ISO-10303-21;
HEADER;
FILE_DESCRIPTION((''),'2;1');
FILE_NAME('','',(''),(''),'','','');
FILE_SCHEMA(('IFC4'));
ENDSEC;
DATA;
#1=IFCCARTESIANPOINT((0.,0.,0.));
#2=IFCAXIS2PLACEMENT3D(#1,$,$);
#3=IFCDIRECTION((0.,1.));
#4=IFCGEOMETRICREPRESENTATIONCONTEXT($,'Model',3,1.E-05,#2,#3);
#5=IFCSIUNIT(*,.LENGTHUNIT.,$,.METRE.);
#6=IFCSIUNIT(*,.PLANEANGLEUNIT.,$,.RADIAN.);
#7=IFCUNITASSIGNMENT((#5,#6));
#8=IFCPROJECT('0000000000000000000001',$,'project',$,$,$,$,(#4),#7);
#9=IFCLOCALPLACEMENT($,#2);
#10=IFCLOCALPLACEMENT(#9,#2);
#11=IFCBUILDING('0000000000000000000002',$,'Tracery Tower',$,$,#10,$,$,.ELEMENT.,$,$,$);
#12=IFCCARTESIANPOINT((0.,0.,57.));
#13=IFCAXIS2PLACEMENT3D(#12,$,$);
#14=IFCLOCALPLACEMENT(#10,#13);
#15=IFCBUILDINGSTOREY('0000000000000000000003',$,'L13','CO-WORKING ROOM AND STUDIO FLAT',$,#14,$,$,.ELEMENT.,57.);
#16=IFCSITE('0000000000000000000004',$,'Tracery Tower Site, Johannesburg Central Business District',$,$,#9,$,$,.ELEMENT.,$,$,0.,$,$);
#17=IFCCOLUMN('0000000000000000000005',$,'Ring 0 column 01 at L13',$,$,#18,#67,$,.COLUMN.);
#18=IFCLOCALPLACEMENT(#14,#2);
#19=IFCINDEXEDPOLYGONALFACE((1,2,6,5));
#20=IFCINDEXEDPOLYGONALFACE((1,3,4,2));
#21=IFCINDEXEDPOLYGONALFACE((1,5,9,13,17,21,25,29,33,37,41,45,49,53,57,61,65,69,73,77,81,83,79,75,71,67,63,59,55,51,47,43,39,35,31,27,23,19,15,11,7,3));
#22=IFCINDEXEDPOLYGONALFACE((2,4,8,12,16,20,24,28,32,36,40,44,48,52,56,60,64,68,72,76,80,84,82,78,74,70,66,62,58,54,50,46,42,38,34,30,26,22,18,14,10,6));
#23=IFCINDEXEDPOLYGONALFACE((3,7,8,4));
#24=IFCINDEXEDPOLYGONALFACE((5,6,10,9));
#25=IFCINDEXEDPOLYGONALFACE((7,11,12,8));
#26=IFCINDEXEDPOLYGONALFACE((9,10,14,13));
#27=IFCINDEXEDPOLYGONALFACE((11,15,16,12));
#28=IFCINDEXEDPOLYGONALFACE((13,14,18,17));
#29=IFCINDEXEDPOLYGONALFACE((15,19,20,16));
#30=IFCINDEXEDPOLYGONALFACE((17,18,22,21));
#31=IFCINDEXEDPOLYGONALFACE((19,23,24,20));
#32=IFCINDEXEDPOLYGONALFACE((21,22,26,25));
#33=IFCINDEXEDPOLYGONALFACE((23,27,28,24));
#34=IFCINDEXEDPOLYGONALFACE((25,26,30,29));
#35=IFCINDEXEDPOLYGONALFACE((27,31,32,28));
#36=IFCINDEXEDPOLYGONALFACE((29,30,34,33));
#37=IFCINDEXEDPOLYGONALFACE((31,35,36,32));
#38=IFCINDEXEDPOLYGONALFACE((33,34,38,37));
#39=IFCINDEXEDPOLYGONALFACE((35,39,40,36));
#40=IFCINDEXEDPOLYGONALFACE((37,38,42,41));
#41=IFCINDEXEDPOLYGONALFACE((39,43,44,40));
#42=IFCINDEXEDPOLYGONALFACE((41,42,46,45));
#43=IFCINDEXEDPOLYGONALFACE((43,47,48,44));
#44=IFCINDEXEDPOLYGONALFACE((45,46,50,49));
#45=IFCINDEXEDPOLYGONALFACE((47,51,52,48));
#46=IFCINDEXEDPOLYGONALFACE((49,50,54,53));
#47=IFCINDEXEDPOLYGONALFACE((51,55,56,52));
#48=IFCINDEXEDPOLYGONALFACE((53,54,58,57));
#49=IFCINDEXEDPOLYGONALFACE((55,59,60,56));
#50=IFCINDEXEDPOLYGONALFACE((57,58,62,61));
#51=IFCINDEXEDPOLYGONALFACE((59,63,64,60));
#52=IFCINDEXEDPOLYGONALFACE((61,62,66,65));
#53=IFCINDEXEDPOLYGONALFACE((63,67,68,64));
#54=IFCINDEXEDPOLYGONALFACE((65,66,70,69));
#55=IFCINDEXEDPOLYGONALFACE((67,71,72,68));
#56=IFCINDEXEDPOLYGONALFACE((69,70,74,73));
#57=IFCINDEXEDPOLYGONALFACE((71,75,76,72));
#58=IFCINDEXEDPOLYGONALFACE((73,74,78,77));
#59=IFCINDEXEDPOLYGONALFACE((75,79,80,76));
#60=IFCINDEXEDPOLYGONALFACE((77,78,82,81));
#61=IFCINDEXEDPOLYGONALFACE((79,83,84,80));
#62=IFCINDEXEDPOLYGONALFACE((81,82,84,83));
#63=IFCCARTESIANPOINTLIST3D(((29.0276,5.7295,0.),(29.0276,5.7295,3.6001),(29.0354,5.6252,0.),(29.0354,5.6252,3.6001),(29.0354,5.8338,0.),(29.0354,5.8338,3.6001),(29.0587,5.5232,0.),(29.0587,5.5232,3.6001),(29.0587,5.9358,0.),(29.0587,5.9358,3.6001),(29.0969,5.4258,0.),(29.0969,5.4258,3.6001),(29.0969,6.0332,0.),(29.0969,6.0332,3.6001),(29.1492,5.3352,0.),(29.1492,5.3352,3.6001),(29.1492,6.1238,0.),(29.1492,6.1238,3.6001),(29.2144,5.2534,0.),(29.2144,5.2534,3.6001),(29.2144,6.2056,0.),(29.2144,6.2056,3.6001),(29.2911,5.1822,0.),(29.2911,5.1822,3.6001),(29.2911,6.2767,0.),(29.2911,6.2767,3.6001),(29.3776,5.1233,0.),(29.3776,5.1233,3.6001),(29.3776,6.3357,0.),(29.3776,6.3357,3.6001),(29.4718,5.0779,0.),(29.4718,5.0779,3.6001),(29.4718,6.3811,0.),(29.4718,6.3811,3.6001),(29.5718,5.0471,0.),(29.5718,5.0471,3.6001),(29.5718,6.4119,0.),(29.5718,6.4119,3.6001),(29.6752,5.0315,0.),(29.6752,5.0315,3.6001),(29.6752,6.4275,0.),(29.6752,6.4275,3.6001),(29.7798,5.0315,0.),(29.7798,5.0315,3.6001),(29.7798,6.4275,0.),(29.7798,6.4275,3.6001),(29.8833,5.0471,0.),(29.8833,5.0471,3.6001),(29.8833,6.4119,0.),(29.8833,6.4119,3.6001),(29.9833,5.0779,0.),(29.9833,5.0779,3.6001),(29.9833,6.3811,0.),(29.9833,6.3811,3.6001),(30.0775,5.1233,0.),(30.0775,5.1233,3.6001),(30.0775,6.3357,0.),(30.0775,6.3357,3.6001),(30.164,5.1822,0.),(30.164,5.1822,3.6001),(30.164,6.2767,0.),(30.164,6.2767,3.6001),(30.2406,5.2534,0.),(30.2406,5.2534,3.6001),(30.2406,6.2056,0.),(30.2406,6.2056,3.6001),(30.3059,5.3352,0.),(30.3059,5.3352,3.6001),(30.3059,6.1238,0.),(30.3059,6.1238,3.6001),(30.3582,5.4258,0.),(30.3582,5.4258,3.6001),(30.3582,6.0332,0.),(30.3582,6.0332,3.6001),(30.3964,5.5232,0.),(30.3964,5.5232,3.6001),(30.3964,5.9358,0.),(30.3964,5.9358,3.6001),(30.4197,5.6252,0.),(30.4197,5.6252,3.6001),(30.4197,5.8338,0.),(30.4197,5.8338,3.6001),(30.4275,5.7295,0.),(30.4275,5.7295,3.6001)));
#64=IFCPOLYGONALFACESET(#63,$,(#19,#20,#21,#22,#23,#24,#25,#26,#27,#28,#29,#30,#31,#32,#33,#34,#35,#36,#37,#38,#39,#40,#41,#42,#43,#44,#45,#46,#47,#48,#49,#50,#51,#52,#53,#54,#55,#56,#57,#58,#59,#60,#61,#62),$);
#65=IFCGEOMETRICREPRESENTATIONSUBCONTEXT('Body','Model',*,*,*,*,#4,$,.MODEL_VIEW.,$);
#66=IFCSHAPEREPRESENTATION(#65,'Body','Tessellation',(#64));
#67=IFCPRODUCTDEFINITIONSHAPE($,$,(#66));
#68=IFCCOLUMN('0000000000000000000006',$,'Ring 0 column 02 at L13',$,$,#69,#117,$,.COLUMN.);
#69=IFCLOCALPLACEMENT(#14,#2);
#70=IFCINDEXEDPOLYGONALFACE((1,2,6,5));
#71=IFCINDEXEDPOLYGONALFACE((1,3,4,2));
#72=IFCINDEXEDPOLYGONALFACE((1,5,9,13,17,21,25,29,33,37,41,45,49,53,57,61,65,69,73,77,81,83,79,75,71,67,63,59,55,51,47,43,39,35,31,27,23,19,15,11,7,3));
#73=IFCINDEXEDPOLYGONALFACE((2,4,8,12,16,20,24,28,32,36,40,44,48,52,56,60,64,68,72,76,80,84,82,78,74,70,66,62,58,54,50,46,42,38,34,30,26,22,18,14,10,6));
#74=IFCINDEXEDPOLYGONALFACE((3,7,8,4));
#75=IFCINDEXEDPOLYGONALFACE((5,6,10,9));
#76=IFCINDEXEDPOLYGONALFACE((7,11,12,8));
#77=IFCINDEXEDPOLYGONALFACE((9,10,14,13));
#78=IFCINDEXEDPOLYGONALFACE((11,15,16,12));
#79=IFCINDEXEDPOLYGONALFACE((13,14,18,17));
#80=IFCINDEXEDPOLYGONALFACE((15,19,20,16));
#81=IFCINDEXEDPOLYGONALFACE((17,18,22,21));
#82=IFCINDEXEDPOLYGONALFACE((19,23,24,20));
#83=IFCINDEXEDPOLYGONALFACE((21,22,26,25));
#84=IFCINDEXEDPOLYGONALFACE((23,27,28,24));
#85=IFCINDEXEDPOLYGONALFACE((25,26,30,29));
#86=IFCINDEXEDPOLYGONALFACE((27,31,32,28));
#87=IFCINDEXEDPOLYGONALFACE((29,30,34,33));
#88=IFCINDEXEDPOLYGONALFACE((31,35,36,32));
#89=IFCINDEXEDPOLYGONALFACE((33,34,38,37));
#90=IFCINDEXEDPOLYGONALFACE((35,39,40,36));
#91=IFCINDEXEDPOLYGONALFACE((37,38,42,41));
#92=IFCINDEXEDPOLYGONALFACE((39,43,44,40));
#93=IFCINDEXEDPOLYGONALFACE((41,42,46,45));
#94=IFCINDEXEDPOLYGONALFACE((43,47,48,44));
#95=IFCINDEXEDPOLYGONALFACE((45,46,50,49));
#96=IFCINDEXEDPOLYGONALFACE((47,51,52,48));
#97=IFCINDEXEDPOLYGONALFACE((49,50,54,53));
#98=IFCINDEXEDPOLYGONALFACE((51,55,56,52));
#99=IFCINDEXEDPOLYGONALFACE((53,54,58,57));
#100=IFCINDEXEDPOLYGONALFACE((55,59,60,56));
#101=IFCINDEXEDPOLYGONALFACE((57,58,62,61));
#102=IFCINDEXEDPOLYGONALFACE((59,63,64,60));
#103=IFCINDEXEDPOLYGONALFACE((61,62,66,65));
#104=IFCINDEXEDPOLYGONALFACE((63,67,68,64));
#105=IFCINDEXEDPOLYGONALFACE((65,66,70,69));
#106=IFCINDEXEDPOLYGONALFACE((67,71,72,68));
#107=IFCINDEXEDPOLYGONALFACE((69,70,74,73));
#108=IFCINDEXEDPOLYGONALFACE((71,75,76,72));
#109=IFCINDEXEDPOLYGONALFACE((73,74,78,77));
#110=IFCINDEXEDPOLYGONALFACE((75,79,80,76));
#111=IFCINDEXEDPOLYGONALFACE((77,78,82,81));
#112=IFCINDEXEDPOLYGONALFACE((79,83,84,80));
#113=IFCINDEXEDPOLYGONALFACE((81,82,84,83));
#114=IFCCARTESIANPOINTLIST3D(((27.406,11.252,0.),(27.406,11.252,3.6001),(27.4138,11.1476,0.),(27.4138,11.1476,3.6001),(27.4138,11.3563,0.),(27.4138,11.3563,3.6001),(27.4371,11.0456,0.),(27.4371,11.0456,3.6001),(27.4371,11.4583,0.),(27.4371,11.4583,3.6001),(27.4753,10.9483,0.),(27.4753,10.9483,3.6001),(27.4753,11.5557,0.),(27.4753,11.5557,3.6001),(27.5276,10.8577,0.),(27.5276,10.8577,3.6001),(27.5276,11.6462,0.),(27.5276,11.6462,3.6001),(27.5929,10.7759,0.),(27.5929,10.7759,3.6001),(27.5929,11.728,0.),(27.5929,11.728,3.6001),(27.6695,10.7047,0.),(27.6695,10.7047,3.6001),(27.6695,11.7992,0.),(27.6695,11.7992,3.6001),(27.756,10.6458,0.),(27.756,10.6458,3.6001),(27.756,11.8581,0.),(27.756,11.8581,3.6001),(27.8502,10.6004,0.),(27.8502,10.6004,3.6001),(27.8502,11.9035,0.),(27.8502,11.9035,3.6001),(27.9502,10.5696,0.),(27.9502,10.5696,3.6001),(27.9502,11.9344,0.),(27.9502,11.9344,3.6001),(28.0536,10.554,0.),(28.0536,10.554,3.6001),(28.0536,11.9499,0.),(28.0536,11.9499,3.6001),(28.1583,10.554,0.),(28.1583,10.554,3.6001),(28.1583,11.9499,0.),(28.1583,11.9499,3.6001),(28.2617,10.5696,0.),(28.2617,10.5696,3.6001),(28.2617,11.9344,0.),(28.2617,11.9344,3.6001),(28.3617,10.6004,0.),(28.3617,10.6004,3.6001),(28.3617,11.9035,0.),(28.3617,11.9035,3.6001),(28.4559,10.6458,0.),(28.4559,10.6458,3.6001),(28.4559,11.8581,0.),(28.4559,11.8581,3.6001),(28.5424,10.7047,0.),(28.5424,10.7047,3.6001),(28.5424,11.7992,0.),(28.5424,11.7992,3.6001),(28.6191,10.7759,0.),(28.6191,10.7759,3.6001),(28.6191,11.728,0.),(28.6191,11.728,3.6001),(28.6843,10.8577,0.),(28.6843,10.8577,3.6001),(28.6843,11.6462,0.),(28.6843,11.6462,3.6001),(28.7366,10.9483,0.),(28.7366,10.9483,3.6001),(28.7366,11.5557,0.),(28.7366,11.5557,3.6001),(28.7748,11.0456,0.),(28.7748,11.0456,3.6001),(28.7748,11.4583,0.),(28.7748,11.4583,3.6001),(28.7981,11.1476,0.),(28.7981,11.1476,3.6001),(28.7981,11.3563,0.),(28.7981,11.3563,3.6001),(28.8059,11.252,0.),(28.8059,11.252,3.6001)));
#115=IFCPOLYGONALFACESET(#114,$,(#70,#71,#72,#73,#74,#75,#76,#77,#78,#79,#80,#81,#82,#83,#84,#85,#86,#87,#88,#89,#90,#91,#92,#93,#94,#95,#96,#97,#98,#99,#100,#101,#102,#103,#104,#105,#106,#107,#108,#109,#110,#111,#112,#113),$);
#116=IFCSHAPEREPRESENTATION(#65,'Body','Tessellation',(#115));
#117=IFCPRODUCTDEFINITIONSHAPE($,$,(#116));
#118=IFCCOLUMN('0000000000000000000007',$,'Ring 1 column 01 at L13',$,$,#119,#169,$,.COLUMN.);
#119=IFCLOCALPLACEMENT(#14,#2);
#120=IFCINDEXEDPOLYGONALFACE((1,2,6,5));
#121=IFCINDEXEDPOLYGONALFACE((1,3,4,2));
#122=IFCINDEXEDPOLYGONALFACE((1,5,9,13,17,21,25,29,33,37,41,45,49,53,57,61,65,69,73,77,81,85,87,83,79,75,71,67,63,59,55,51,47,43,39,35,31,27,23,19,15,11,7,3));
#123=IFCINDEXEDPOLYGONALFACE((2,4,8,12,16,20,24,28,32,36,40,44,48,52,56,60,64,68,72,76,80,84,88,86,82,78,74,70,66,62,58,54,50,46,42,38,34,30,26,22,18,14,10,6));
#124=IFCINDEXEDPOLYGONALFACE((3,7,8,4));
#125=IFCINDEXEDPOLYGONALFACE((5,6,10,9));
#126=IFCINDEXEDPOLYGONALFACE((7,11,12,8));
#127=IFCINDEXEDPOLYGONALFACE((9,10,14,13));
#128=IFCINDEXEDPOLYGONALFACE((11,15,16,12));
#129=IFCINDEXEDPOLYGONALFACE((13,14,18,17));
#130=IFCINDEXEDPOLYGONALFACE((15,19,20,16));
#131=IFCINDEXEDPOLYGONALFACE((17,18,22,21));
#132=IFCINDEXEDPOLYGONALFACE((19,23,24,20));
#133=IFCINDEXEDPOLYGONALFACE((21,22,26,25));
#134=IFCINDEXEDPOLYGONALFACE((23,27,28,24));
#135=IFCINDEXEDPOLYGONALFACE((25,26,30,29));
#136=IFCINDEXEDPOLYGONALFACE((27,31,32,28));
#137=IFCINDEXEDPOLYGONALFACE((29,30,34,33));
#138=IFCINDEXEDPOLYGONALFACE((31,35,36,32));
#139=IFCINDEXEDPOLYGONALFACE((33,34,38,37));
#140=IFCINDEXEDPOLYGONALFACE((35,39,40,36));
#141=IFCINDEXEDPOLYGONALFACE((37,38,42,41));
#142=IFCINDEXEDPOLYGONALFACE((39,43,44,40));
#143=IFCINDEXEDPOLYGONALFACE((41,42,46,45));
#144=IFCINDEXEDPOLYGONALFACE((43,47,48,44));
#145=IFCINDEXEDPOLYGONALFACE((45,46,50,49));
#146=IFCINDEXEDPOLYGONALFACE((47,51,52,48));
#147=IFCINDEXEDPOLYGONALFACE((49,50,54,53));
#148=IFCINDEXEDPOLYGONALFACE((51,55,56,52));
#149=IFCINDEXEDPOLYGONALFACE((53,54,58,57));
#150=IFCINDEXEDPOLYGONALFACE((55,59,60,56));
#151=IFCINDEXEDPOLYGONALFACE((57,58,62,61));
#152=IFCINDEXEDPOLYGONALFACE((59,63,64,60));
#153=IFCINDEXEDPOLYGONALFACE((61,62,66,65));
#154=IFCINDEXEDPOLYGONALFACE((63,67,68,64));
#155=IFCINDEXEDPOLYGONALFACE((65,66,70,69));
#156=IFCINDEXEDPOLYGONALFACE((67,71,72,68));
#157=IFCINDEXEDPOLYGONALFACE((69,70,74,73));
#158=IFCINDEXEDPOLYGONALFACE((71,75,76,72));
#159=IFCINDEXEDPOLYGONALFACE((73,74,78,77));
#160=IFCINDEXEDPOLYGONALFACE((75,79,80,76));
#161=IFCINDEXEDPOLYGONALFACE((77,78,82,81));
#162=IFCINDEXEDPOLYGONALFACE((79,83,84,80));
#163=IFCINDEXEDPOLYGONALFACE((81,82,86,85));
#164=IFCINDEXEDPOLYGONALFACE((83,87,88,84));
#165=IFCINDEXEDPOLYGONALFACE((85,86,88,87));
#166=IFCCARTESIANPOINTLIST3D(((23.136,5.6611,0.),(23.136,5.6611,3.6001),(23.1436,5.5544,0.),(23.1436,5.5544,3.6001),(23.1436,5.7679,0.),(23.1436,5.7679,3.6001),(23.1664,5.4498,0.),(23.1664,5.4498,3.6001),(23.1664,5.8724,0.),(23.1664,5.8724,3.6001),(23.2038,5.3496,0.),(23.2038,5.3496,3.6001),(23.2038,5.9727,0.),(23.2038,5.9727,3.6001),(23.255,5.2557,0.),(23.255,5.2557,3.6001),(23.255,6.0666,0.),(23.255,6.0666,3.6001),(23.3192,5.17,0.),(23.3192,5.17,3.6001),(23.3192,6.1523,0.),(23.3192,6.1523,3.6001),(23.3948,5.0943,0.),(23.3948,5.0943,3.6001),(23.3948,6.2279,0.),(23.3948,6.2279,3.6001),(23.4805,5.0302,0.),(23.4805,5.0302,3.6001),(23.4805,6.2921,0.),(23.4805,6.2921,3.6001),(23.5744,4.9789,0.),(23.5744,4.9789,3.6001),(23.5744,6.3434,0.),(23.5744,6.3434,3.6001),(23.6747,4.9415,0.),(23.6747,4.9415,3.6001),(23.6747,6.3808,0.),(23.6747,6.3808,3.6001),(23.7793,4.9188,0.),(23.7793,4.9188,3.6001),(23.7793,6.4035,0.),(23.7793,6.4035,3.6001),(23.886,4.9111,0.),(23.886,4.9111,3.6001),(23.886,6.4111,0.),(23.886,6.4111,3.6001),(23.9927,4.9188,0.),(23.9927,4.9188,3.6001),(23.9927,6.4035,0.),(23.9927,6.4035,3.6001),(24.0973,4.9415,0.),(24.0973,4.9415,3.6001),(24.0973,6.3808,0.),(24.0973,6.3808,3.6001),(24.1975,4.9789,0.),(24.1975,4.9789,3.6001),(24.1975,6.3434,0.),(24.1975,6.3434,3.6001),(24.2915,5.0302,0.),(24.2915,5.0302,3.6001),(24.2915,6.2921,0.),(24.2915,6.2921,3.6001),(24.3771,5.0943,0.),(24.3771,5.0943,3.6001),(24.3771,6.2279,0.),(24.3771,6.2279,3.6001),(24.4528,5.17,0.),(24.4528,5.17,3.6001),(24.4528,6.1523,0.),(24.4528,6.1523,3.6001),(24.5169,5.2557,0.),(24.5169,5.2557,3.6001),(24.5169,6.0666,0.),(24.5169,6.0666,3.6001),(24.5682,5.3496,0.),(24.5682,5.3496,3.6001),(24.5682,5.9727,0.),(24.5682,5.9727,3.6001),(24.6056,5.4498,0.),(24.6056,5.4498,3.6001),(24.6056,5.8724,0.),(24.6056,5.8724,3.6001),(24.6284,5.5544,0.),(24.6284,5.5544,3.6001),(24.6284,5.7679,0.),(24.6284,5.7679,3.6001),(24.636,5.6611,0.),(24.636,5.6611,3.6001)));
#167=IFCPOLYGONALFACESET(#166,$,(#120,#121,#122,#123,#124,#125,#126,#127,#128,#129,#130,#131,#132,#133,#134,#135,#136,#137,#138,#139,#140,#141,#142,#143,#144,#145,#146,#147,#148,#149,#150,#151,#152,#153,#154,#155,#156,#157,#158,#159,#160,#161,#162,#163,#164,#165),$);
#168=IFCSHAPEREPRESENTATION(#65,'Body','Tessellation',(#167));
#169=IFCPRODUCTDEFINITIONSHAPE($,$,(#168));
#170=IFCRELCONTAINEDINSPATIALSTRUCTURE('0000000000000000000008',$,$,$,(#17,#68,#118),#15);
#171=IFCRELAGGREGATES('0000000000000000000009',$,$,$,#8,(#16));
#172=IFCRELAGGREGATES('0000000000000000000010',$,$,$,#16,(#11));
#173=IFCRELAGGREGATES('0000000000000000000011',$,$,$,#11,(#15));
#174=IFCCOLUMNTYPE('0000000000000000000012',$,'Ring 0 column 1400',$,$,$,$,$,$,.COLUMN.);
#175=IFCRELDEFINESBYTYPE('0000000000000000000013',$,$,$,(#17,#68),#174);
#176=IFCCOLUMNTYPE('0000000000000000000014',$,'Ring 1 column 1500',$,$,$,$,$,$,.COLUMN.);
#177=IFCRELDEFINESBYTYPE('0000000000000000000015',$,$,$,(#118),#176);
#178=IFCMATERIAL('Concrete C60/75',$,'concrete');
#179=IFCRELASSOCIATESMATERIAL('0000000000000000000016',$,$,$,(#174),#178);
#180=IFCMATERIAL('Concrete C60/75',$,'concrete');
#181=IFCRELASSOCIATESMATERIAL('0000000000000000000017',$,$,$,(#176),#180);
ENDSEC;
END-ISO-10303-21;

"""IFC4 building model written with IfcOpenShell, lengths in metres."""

from ifc_helpers import new_model, si_unit, direction, frame, origin, origin_2d, place, context, subcontext, project, spatial, circle, extrude, material, material_profile, profile_set, type_object, element, save


model = new_model("IFC4")

# Units and contexts
model_context = context("Model", 3, precision=1e-05, world=origin(), true_north=direction((0.0, 1.0)))
body_context = subcontext(model_context, "Body", "Model", "MODEL_VIEW")
ifc_project = project(units=[si_unit("LENGTHUNIT", "METRE"), si_unit("PLANEANGLEUNIT", "RADIAN")], contexts=[model_context])

# Site, building, storey
site_placement = place(None, origin())
site = spatial("IfcSite", under=ifc_project, at=site_placement, Name="Tracery Tower Site, Johannesburg Central Business District", CompositionType="ELEMENT", RefElevation=0.0)
building_placement = place(site_placement, origin())
building = spatial("IfcBuilding", under=site, at=building_placement, Name="Tracery Tower", CompositionType="ELEMENT")
storey_placement = place(building_placement, frame((0.0, 0.0, 57.0)))
storey = spatial("IfcBuildingStorey", under=building, at=storey_placement, Name="L13", Description="CO-WORKING ROOM AND STUDIO FLAT", CompositionType="ELEMENT", Elevation=57.0)

# Columns
ifc_material_1 = material(Name="Concrete C60/75", Category="concrete")
ifc_material_profile_1 = material_profile(ifc_material_1, circle(Radius=0.7, at=origin_2d()), Name="RC D1400")
ifc_profile_set_1 = profile_set([ifc_material_profile_1], Name="Concrete C60/75")
column_type_1 = type_object("IfcColumnType", Name="Ring 0 column 1400", PredefinedType="COLUMN", material=ifc_profile_set_1)
for number, where, z_axis, x_axis, name in (
    (1, (29.7275, 5.7295, 0.0), (0.0, 0.0, 1.0), (1.0, 0.0, 0.0), "Ring 0 column 01 at L13"),
    (2, (28.106, 11.252, 0.0), (0.0, 0.0, 1.0), (1.0, 0.0, 0.0), "Ring 0 column 02 at L13"),
):
    element("IfcColumn", number, at=place(storey_placement, frame(where, z_axis=z_axis, x_axis=x_axis)), inside=storey, type_object=column_type_1, Name=name, PredefinedType="COLUMN", context=body_context, shape_type="SweptSolid", body=[
        extrude(circle(Radius=0.7, at=origin_2d()), origin(), (0.0, 0.0, 1.0), 3.6001),
    ])
ifc_material_2 = material(Name="Concrete C60/75", Category="concrete")
ifc_material_profile_2 = material_profile(ifc_material_2, circle(Radius=0.75, at=origin_2d()), Name="RC D1500")
ifc_profile_set_2 = profile_set([ifc_material_profile_2], Name="Concrete C60/75")
column_type_2 = type_object("IfcColumnType", Name="Ring 1 column 1500", PredefinedType="COLUMN", material=ifc_profile_set_2)
for number, where, z_axis, x_axis, name in (
    (3, (23.886, 5.6611, 0.0), (0.0, 0.0, 1.0), (1.0, 0.0, 0.0), "Ring 1 column 01 at L13"),
):
    element("IfcColumn", number, at=place(storey_placement, frame(where, z_axis=z_axis, x_axis=x_axis)), inside=storey, type_object=column_type_2, Name=name, PredefinedType="COLUMN", context=body_context, shape_type="SweptSolid", body=[
        extrude(circle(Radius=0.75, at=origin_2d()), origin(), (0.0, 0.0, 1.0), 3.6001),
    ])

save(model, "model.ifc")
